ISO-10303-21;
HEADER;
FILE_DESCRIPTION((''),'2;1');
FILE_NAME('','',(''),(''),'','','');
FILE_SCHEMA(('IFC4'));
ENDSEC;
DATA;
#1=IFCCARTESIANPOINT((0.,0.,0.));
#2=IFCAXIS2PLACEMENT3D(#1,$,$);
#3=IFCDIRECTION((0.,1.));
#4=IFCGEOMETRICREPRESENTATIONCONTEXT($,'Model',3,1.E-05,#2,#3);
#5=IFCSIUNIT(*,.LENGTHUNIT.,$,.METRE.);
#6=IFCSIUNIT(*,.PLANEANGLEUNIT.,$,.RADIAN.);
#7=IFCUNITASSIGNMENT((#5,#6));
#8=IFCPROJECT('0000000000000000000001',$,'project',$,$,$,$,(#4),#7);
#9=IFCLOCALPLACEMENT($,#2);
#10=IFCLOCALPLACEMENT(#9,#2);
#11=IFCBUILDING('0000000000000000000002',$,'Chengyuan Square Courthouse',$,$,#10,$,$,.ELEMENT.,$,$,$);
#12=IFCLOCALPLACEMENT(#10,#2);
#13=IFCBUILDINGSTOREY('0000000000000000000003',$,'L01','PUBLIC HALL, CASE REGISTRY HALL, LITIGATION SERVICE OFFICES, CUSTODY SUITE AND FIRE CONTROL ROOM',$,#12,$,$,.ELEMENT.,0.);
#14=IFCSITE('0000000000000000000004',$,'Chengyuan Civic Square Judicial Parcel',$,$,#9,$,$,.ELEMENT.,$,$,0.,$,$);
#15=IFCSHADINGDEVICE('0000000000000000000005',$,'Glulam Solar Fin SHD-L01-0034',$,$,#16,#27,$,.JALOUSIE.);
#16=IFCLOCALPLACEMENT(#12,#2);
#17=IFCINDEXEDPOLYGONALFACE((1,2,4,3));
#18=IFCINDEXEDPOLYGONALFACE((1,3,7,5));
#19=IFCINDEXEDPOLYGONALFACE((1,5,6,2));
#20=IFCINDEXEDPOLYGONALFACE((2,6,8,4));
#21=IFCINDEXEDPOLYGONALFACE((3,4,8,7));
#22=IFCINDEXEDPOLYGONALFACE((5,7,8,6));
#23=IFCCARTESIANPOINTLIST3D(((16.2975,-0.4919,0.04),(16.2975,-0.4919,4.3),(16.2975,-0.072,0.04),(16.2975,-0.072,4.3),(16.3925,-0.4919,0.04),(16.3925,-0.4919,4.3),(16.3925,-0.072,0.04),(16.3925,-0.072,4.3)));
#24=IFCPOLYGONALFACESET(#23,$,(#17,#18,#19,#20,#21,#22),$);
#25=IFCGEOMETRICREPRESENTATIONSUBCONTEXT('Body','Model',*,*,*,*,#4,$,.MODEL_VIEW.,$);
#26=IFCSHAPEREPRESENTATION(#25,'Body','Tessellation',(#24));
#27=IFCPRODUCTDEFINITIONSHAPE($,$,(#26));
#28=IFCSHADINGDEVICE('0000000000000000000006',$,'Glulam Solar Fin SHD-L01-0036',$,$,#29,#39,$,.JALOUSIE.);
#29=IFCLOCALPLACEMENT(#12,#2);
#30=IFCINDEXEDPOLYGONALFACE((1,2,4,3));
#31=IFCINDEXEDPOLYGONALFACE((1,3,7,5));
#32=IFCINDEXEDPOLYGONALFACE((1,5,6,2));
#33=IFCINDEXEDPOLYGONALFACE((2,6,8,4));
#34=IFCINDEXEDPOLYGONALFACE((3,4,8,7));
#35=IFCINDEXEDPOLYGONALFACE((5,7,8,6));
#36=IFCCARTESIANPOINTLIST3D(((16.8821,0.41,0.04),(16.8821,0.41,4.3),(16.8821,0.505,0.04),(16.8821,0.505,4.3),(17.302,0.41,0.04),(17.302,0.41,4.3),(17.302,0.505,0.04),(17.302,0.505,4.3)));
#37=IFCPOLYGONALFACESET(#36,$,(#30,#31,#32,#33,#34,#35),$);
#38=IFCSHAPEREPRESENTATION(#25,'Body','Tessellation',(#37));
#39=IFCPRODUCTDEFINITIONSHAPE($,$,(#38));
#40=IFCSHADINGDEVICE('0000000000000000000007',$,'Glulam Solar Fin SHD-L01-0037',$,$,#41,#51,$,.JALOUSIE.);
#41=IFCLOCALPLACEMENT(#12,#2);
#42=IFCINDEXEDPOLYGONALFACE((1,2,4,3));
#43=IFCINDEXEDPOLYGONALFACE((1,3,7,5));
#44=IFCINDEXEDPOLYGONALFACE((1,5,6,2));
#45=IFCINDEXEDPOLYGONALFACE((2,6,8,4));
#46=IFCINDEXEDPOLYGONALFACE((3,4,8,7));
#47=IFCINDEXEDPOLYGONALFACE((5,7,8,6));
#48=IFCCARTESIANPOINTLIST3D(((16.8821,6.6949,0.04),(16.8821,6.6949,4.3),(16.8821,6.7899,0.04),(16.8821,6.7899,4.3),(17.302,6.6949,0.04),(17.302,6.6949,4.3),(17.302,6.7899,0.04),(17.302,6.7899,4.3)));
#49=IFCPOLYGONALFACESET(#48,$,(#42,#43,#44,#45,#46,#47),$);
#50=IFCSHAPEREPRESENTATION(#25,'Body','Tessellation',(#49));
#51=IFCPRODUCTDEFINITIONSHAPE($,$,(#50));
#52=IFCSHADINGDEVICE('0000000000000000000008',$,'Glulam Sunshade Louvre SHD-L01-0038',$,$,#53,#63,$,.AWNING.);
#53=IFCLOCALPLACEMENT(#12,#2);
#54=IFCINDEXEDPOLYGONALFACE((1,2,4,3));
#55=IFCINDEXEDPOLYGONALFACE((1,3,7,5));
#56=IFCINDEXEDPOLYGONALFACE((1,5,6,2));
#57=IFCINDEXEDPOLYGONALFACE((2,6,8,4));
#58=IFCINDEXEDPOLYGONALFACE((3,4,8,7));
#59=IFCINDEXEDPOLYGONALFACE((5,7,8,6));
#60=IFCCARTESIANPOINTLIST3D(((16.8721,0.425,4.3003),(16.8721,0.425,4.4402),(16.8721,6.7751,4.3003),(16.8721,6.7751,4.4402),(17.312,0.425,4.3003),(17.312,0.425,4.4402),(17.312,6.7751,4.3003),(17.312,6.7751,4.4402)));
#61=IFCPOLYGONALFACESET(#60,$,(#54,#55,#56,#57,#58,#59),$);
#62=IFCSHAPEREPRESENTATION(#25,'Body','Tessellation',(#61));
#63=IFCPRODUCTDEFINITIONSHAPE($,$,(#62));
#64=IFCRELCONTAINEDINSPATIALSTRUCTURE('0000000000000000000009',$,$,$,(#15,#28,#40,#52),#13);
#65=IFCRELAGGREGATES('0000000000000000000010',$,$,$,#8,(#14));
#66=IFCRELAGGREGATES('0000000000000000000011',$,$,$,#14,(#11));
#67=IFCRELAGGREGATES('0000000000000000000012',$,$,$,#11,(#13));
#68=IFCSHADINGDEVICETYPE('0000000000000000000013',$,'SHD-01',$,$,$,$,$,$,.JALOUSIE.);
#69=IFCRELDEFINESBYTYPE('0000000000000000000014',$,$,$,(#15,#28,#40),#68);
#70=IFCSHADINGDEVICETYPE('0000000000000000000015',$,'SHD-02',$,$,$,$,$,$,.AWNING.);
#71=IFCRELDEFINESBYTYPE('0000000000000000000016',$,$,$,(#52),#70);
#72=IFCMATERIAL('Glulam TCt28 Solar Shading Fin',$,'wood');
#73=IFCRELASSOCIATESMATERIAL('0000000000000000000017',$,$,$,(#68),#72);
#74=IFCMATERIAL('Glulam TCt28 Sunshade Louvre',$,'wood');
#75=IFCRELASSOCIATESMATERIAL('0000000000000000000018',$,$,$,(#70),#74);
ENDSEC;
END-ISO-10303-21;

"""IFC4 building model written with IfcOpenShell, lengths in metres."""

from ifc_helpers import new_model, si_unit, direction, frame, origin, origin_2d, place, context, subcontext, project, spatial, rectangle, extrude, material, type_object, element, save


model = new_model("IFC4")

# Units and contexts
model_context = context("Model", 3, precision=1e-05, world=origin(), true_north=direction((0.0, 1.0)))
body_context = subcontext(model_context, "Body", "Model", "MODEL_VIEW")
ifc_project = project(units=[si_unit("LENGTHUNIT", "METRE"), si_unit("PLANEANGLEUNIT", "RADIAN")], contexts=[model_context])

# Site, building, storey
site_placement = place(None, origin())
site = spatial("IfcSite", under=ifc_project, at=site_placement, Name="Chengyuan Civic Square Judicial Parcel", CompositionType="ELEMENT", RefElevation=0.0)
building_placement = place(site_placement, origin())
building = spatial("IfcBuilding", under=site, at=building_placement, Name="Chengyuan Square Courthouse", CompositionType="ELEMENT")
storey_placement = place(building_placement, origin())
storey = spatial("IfcBuildingStorey", under=building, at=storey_placement, Name="L01", Description="PUBLIC HALL, CASE REGISTRY HALL, LITIGATION SERVICE OFFICES, CUSTODY SUITE AND FIRE CONTROL ROOM", CompositionType="ELEMENT", Elevation=0.0)

# Shading devices
ifc_material_1 = material(Name="Glulam TCt28 Solar Shading Fin", Category="wood")
shading_device_type_1 = type_object("IfcShadingDeviceType", Name="SHD-01", PredefinedType="JALOUSIE", material=ifc_material_1)
for number, where, z_axis, x_axis, name in (
    (1, (16.345, -0.282, 0.04), (0.0, 0.0, 1.0), (0.0, 1.0, 0.0), "Glulam Solar Fin SHD-L01-0034"),
    (2, (17.092, 0.4575, 0.04), (0.0, 0.0, 1.0), (1.0, 0.0, 0.0), "Glulam Solar Fin SHD-L01-0036"),
    (3, (17.092, 6.7424, 0.04), (0.0, 0.0, 1.0), (1.0, 0.0, 0.0), "Glulam Solar Fin SHD-L01-0037"),
):
    element("IfcShadingDevice", number, at=place(storey_placement, frame(where, z_axis=z_axis, x_axis=x_axis)), inside=storey, type_object=shading_device_type_1, Name=name, PredefinedType="JALOUSIE", context=body_context, shape_type="SweptSolid", body=[
        extrude(rectangle(XDim=0.4199, YDim=0.095, at=origin_2d()), origin(), (0.0, 0.0, 1.0), 4.26),
    ])
ifc_material_2 = material(Name="Glulam TCt28 Sunshade Louvre", Category="wood")
shading_device_type_2 = type_object("IfcShadingDeviceType", Name="SHD-02", PredefinedType="AWNING", material=ifc_material_2)
shading_device_placement = place(storey_placement, frame((17.092, 3.6001, 4.3003), z_axis=(0.0, 0.0, 1.0), x_axis=(0.0, 1.0, 0.0)))
element("IfcShadingDevice", 4, at=shading_device_placement, inside=storey, type_object=shading_device_type_2, Name="Glulam Sunshade Louvre SHD-L01-0038", PredefinedType="AWNING", context=body_context, shape_type="SweptSolid", body=[
    extrude(rectangle(XDim=6.3501, YDim=0.4399, at=origin_2d()), origin(), (0.0, 0.0, 1.0), 0.1399),
])

save(model, "model.ifc")
